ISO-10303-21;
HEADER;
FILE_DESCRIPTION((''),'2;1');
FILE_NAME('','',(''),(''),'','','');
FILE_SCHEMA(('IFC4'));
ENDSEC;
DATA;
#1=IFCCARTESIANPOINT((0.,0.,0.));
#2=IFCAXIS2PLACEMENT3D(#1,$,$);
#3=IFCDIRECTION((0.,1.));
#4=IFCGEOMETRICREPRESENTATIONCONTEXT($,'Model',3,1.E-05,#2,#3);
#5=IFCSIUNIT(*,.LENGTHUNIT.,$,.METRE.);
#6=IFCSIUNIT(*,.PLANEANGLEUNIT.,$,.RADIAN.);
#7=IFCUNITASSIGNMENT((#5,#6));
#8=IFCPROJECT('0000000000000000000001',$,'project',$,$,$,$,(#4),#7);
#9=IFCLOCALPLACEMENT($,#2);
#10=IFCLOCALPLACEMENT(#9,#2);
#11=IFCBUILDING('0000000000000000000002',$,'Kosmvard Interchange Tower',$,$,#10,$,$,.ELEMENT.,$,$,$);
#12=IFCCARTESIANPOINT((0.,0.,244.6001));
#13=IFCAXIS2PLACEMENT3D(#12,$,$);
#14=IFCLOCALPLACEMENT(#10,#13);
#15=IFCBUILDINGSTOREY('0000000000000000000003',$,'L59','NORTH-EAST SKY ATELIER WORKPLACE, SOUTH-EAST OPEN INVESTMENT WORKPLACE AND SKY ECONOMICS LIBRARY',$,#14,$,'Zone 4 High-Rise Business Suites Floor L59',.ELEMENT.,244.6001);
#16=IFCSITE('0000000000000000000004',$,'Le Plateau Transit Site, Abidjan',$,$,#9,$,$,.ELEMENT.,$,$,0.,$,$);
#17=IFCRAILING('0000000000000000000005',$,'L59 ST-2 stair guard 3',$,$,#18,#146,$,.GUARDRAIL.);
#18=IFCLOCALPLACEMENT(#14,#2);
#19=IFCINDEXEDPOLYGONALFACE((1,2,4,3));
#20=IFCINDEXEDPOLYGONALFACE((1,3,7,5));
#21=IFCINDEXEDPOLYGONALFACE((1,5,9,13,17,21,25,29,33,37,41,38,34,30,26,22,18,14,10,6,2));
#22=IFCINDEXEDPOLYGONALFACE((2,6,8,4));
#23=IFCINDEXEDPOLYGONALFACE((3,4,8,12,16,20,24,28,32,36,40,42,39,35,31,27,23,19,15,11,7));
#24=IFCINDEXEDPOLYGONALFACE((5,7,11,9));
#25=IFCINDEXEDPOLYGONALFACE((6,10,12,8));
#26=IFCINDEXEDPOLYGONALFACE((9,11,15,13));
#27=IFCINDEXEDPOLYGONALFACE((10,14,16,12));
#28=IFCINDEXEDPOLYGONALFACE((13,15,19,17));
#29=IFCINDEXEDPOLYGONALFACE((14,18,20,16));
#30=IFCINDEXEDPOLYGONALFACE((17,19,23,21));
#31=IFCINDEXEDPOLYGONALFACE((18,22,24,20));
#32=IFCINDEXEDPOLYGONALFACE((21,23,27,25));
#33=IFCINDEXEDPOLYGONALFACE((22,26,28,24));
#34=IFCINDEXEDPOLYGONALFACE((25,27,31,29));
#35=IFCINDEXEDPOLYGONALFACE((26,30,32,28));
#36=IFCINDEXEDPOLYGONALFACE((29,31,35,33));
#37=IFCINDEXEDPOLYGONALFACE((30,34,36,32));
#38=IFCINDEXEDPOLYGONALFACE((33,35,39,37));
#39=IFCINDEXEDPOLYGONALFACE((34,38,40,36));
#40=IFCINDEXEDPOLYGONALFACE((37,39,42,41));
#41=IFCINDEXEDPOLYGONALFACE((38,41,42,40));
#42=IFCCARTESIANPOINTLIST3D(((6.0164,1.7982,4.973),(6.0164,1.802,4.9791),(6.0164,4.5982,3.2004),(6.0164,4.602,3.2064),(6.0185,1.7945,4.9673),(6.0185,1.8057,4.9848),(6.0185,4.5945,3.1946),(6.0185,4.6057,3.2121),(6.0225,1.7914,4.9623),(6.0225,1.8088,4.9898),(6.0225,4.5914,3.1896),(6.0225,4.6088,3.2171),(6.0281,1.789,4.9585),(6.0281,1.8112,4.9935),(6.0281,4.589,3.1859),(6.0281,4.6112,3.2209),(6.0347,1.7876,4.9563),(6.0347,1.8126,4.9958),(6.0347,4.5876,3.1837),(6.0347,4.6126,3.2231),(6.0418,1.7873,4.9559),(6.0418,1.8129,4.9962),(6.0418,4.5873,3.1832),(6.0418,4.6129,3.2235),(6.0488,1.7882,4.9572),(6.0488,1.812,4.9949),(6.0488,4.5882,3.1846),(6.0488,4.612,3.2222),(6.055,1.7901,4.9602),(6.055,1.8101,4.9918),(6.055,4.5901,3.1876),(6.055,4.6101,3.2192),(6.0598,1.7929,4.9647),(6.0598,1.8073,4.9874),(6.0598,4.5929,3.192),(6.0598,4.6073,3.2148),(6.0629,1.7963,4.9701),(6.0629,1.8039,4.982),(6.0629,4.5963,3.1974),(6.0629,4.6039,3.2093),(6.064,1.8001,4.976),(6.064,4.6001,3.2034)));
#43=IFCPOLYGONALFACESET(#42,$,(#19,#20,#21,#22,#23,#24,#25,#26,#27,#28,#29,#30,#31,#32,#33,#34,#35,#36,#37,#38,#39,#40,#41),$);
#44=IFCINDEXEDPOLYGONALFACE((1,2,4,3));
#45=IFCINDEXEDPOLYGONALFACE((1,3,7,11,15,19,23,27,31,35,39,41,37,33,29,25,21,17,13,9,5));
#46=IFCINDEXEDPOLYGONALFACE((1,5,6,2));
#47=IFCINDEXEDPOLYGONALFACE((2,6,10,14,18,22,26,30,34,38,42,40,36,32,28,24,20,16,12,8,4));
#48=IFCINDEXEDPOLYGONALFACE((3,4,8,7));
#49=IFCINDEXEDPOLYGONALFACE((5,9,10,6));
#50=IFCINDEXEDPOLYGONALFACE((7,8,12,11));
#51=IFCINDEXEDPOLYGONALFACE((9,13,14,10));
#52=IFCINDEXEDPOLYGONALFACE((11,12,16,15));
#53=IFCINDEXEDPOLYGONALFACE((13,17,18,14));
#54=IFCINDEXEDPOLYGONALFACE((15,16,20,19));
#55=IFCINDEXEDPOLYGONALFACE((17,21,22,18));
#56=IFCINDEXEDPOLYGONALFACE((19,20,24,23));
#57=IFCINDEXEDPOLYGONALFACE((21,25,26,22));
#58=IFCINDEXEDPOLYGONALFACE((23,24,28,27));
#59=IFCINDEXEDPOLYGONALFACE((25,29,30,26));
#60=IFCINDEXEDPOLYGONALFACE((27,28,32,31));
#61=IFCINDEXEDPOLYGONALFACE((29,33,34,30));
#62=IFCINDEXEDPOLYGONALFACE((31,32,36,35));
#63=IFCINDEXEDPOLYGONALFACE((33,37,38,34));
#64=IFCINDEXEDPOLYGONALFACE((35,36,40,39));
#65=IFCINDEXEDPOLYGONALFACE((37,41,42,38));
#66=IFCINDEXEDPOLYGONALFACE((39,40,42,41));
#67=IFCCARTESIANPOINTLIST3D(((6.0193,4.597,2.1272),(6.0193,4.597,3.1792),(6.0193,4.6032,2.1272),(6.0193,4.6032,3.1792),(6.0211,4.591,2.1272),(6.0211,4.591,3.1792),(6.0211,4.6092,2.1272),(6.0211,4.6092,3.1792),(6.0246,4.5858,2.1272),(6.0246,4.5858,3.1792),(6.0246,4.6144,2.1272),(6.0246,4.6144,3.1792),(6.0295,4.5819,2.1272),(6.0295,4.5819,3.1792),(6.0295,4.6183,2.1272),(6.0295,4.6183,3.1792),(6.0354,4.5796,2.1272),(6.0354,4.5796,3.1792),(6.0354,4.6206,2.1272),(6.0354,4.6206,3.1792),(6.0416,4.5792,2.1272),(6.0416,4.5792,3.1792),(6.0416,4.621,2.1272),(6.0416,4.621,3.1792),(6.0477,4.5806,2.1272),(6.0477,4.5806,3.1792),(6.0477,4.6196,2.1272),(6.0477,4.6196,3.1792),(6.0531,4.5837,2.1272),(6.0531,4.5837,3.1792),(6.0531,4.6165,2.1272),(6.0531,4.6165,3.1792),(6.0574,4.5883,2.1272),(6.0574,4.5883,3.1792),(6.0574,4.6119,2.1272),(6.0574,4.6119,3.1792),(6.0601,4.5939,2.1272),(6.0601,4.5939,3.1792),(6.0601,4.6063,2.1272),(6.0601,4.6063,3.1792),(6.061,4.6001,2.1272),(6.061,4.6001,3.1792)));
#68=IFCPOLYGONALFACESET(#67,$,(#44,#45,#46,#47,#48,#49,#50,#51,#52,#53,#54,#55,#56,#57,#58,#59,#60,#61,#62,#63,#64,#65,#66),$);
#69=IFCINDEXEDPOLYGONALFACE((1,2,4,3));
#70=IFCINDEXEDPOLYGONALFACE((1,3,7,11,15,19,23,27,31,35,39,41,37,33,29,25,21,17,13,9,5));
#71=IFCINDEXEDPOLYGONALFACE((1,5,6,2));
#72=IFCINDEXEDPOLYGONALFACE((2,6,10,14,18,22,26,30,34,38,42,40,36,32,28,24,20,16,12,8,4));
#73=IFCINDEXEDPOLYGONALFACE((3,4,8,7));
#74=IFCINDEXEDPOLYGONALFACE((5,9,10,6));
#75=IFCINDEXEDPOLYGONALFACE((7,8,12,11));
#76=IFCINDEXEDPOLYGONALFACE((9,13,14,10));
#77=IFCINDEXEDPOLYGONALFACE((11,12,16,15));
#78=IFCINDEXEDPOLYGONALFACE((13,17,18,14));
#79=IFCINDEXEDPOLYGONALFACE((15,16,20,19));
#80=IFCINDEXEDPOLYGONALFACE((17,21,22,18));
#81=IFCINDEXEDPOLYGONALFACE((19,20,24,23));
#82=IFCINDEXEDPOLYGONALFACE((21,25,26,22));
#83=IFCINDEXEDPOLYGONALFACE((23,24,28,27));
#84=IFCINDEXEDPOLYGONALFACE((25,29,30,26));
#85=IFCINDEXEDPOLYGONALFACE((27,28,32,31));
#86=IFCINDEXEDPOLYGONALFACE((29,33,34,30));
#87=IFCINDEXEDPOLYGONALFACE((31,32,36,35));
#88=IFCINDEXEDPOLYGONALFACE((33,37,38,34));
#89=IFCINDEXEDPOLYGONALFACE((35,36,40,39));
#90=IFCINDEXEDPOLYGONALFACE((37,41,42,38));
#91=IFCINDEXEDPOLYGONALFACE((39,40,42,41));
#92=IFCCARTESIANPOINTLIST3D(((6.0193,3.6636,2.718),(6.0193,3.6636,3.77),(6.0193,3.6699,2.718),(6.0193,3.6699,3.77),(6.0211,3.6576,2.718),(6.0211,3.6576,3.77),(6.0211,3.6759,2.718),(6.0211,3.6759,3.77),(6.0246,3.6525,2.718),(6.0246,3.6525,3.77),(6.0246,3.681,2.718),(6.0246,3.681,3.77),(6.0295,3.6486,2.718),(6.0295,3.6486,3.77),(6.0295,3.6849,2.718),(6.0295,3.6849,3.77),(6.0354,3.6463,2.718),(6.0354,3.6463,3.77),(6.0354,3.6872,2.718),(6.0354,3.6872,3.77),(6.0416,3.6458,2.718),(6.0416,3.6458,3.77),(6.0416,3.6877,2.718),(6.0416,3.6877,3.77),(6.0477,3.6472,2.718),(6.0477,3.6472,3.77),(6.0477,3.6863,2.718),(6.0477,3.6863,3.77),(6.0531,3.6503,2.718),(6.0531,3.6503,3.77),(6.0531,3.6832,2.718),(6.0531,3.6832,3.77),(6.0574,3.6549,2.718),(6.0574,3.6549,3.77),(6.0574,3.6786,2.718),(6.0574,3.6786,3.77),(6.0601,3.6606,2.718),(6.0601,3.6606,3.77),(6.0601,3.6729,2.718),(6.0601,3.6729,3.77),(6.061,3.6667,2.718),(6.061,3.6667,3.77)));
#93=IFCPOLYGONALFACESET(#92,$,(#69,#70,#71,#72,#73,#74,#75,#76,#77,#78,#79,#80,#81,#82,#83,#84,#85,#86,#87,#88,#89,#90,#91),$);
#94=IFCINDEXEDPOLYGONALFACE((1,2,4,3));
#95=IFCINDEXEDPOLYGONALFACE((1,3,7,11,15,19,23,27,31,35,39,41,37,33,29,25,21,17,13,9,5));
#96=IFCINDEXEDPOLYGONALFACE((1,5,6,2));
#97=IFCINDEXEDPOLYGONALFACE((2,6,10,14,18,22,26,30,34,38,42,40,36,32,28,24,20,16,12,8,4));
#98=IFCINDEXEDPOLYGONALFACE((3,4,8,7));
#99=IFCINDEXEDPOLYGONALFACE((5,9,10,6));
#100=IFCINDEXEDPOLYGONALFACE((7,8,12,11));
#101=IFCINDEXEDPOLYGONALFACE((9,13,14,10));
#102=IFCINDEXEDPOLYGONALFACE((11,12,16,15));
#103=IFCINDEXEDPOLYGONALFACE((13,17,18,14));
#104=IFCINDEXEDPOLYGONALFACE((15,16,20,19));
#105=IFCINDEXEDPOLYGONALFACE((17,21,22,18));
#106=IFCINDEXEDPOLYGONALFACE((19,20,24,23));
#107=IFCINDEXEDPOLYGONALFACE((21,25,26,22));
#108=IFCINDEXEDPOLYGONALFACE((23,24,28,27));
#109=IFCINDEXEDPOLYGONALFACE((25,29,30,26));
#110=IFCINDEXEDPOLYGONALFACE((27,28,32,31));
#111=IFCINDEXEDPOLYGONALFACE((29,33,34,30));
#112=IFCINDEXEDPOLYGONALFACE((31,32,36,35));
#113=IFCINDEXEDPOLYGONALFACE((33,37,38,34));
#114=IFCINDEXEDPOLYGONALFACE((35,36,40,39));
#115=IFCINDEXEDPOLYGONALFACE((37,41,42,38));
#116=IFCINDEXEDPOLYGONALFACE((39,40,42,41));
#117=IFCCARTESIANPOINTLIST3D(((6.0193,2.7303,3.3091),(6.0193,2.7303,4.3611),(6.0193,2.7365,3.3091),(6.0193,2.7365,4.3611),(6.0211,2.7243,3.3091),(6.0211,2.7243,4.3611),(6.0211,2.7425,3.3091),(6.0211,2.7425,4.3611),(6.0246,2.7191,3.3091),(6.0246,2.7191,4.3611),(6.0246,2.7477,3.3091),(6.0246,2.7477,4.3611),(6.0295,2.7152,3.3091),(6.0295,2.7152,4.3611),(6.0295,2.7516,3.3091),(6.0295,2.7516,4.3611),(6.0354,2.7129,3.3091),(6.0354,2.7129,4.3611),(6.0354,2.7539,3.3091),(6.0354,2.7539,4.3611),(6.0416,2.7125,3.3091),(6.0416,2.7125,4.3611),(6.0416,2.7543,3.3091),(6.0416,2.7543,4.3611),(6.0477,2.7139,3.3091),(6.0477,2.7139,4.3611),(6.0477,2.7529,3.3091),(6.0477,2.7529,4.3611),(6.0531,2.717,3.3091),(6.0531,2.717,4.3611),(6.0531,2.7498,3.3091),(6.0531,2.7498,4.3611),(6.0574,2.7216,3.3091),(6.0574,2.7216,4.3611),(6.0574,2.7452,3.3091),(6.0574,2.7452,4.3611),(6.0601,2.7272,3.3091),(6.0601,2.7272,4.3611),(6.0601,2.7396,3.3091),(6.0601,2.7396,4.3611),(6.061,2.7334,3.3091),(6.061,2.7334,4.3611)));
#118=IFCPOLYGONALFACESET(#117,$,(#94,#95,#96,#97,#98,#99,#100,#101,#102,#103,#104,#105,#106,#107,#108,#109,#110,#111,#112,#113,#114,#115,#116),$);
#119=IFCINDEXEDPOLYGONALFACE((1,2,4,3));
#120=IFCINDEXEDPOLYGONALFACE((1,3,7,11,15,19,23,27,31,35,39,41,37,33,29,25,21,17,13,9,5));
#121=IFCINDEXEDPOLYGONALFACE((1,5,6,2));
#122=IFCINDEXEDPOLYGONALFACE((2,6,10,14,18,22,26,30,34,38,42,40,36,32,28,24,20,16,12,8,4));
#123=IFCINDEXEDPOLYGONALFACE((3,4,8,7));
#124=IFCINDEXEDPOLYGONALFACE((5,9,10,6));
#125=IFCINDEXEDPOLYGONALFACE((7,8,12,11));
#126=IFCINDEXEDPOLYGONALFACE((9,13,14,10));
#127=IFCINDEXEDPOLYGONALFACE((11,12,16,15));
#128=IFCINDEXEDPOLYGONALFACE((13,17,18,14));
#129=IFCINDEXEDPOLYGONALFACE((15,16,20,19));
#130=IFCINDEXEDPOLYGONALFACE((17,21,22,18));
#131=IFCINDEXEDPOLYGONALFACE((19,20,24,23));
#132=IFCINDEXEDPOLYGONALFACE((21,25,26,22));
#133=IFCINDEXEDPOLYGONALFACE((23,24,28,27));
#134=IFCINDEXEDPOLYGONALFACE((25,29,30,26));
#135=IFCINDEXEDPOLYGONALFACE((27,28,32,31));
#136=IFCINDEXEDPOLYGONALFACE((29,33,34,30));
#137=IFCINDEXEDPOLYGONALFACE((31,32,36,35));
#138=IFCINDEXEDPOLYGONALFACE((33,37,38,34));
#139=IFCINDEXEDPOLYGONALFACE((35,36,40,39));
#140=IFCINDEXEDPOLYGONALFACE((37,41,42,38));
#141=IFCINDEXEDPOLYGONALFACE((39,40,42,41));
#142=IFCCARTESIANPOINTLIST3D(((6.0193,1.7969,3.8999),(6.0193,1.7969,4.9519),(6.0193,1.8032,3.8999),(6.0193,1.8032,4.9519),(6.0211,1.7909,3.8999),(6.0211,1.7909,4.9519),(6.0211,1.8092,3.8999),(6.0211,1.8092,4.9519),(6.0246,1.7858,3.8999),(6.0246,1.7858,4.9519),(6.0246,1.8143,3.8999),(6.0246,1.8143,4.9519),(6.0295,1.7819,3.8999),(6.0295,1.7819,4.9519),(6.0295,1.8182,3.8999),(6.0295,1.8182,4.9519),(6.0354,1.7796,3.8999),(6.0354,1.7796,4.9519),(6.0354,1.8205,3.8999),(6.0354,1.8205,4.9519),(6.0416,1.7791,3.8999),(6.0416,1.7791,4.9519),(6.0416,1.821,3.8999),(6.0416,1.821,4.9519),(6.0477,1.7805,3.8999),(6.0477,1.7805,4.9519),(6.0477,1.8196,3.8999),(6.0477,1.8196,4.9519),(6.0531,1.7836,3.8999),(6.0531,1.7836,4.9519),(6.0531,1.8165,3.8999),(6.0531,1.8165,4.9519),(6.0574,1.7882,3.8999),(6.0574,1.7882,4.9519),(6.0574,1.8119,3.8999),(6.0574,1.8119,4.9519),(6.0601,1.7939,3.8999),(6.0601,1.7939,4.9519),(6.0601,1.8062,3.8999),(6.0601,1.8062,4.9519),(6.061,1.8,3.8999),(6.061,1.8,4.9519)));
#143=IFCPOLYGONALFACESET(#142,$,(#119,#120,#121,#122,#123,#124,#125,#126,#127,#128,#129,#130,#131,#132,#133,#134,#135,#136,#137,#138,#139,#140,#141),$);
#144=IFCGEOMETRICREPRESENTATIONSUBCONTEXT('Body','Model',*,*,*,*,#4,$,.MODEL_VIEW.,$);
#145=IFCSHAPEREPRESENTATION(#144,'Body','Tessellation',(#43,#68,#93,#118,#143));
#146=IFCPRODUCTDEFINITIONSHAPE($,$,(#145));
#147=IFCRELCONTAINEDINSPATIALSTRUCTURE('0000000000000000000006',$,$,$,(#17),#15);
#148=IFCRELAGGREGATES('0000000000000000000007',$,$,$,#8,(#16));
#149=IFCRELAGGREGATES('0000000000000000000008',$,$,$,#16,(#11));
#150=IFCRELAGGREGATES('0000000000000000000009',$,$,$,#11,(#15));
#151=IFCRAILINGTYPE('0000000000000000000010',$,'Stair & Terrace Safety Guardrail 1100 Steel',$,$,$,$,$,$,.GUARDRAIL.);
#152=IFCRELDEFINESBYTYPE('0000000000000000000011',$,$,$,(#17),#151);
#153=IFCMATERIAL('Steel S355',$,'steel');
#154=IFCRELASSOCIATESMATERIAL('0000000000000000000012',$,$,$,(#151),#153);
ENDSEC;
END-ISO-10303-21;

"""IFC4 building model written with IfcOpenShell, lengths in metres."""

from ifc_helpers import new_model, si_unit, direction, frame, origin, origin_2d, place, context, subcontext, project, spatial, circle, extrude, source, transform, mapped, material, type_object, element, save


model = new_model("IFC4")

# Units and contexts
model_context = context("Model", 3, precision=1e-05, world=origin(), true_north=direction((0.0, 1.0)))
body_context = subcontext(model_context, "Body", "Model", "MODEL_VIEW")
ifc_project = project(units=[si_unit("LENGTHUNIT", "METRE"), si_unit("PLANEANGLEUNIT", "RADIAN")], contexts=[model_context])

# Site, building, storey
site_placement = place(None, origin())
site = spatial("IfcSite", under=ifc_project, at=site_placement, Name="Le Plateau Transit Site, Abidjan", CompositionType="ELEMENT", RefElevation=0.0)
building_placement = place(site_placement, origin())
building = spatial("IfcBuilding", under=site, at=building_placement, Name="Kosmvard Interchange Tower", CompositionType="ELEMENT")
storey_placement = place(building_placement, frame((0.0, 0.0, 244.6001)))
storey = spatial("IfcBuildingStorey", under=building, at=storey_placement, Name="L59", Description="NORTH-EAST SKY ATELIER WORKPLACE, SOUTH-EAST OPEN INVESTMENT WORKPLACE AND SKY ECONOMICS LIBRARY", LongName="Zone 4 High-Rise Business Suites Floor L59", CompositionType="ELEMENT", Elevation=244.6001)

# Shared definitions
ifc_material_1 = material(Name="Steel S355", Category="steel")

# Railing
railing_type_1 = type_object("IfcRailingType", Name="Stair & Terrace Safety Guardrail 1100 Steel", PredefinedType="GUARDRAIL", material=ifc_material_1)
shared_shape_1 = source(origin(), body_context, "Body", "SweptSolid", [
    extrude(circle(Radius=0.0239, at=origin_2d()), frame((0.0, 0.0, 1.0762), z_axis=(0.0, -0.844909, 0.53491), x_axis=(1.0, 0.0, 0.0)), (0.0, 0.0, 1.0), 3.314),
    extrude(circle(Radius=0.021, at=origin_2d()), origin(), (0.0, 0.0, 1.0), 1.052),
    extrude(circle(Radius=0.021, at=origin_2d()), frame((0.0, -0.9333, 0.5908)), (0.0, 0.0, 1.0), 1.052),
    extrude(circle(Radius=0.021, at=origin_2d()), frame((0.0, -1.8667, 1.1819)), (0.0, 0.0, 1.0), 1.052),
    extrude(circle(Radius=0.021, at=origin_2d()), frame((0.0, -2.8, 1.7727)), (0.0, 0.0, 1.0), 1.052),
])
railing_1_placement = place(storey_placement, frame((6.04, 4.6001, 2.1272)))
element("IfcRailing", 1, at=railing_1_placement, inside=storey, type_object=railing_type_1, Name="L59 ST-2 stair guard 3", PredefinedType="GUARDRAIL", context=body_context, shape_type="MappedRepresentation", body=[
    mapped(shared_shape_1, transform((0.0, 0.0, 0.0), scale=1.0)),
])

save(model, "model.ifc")
